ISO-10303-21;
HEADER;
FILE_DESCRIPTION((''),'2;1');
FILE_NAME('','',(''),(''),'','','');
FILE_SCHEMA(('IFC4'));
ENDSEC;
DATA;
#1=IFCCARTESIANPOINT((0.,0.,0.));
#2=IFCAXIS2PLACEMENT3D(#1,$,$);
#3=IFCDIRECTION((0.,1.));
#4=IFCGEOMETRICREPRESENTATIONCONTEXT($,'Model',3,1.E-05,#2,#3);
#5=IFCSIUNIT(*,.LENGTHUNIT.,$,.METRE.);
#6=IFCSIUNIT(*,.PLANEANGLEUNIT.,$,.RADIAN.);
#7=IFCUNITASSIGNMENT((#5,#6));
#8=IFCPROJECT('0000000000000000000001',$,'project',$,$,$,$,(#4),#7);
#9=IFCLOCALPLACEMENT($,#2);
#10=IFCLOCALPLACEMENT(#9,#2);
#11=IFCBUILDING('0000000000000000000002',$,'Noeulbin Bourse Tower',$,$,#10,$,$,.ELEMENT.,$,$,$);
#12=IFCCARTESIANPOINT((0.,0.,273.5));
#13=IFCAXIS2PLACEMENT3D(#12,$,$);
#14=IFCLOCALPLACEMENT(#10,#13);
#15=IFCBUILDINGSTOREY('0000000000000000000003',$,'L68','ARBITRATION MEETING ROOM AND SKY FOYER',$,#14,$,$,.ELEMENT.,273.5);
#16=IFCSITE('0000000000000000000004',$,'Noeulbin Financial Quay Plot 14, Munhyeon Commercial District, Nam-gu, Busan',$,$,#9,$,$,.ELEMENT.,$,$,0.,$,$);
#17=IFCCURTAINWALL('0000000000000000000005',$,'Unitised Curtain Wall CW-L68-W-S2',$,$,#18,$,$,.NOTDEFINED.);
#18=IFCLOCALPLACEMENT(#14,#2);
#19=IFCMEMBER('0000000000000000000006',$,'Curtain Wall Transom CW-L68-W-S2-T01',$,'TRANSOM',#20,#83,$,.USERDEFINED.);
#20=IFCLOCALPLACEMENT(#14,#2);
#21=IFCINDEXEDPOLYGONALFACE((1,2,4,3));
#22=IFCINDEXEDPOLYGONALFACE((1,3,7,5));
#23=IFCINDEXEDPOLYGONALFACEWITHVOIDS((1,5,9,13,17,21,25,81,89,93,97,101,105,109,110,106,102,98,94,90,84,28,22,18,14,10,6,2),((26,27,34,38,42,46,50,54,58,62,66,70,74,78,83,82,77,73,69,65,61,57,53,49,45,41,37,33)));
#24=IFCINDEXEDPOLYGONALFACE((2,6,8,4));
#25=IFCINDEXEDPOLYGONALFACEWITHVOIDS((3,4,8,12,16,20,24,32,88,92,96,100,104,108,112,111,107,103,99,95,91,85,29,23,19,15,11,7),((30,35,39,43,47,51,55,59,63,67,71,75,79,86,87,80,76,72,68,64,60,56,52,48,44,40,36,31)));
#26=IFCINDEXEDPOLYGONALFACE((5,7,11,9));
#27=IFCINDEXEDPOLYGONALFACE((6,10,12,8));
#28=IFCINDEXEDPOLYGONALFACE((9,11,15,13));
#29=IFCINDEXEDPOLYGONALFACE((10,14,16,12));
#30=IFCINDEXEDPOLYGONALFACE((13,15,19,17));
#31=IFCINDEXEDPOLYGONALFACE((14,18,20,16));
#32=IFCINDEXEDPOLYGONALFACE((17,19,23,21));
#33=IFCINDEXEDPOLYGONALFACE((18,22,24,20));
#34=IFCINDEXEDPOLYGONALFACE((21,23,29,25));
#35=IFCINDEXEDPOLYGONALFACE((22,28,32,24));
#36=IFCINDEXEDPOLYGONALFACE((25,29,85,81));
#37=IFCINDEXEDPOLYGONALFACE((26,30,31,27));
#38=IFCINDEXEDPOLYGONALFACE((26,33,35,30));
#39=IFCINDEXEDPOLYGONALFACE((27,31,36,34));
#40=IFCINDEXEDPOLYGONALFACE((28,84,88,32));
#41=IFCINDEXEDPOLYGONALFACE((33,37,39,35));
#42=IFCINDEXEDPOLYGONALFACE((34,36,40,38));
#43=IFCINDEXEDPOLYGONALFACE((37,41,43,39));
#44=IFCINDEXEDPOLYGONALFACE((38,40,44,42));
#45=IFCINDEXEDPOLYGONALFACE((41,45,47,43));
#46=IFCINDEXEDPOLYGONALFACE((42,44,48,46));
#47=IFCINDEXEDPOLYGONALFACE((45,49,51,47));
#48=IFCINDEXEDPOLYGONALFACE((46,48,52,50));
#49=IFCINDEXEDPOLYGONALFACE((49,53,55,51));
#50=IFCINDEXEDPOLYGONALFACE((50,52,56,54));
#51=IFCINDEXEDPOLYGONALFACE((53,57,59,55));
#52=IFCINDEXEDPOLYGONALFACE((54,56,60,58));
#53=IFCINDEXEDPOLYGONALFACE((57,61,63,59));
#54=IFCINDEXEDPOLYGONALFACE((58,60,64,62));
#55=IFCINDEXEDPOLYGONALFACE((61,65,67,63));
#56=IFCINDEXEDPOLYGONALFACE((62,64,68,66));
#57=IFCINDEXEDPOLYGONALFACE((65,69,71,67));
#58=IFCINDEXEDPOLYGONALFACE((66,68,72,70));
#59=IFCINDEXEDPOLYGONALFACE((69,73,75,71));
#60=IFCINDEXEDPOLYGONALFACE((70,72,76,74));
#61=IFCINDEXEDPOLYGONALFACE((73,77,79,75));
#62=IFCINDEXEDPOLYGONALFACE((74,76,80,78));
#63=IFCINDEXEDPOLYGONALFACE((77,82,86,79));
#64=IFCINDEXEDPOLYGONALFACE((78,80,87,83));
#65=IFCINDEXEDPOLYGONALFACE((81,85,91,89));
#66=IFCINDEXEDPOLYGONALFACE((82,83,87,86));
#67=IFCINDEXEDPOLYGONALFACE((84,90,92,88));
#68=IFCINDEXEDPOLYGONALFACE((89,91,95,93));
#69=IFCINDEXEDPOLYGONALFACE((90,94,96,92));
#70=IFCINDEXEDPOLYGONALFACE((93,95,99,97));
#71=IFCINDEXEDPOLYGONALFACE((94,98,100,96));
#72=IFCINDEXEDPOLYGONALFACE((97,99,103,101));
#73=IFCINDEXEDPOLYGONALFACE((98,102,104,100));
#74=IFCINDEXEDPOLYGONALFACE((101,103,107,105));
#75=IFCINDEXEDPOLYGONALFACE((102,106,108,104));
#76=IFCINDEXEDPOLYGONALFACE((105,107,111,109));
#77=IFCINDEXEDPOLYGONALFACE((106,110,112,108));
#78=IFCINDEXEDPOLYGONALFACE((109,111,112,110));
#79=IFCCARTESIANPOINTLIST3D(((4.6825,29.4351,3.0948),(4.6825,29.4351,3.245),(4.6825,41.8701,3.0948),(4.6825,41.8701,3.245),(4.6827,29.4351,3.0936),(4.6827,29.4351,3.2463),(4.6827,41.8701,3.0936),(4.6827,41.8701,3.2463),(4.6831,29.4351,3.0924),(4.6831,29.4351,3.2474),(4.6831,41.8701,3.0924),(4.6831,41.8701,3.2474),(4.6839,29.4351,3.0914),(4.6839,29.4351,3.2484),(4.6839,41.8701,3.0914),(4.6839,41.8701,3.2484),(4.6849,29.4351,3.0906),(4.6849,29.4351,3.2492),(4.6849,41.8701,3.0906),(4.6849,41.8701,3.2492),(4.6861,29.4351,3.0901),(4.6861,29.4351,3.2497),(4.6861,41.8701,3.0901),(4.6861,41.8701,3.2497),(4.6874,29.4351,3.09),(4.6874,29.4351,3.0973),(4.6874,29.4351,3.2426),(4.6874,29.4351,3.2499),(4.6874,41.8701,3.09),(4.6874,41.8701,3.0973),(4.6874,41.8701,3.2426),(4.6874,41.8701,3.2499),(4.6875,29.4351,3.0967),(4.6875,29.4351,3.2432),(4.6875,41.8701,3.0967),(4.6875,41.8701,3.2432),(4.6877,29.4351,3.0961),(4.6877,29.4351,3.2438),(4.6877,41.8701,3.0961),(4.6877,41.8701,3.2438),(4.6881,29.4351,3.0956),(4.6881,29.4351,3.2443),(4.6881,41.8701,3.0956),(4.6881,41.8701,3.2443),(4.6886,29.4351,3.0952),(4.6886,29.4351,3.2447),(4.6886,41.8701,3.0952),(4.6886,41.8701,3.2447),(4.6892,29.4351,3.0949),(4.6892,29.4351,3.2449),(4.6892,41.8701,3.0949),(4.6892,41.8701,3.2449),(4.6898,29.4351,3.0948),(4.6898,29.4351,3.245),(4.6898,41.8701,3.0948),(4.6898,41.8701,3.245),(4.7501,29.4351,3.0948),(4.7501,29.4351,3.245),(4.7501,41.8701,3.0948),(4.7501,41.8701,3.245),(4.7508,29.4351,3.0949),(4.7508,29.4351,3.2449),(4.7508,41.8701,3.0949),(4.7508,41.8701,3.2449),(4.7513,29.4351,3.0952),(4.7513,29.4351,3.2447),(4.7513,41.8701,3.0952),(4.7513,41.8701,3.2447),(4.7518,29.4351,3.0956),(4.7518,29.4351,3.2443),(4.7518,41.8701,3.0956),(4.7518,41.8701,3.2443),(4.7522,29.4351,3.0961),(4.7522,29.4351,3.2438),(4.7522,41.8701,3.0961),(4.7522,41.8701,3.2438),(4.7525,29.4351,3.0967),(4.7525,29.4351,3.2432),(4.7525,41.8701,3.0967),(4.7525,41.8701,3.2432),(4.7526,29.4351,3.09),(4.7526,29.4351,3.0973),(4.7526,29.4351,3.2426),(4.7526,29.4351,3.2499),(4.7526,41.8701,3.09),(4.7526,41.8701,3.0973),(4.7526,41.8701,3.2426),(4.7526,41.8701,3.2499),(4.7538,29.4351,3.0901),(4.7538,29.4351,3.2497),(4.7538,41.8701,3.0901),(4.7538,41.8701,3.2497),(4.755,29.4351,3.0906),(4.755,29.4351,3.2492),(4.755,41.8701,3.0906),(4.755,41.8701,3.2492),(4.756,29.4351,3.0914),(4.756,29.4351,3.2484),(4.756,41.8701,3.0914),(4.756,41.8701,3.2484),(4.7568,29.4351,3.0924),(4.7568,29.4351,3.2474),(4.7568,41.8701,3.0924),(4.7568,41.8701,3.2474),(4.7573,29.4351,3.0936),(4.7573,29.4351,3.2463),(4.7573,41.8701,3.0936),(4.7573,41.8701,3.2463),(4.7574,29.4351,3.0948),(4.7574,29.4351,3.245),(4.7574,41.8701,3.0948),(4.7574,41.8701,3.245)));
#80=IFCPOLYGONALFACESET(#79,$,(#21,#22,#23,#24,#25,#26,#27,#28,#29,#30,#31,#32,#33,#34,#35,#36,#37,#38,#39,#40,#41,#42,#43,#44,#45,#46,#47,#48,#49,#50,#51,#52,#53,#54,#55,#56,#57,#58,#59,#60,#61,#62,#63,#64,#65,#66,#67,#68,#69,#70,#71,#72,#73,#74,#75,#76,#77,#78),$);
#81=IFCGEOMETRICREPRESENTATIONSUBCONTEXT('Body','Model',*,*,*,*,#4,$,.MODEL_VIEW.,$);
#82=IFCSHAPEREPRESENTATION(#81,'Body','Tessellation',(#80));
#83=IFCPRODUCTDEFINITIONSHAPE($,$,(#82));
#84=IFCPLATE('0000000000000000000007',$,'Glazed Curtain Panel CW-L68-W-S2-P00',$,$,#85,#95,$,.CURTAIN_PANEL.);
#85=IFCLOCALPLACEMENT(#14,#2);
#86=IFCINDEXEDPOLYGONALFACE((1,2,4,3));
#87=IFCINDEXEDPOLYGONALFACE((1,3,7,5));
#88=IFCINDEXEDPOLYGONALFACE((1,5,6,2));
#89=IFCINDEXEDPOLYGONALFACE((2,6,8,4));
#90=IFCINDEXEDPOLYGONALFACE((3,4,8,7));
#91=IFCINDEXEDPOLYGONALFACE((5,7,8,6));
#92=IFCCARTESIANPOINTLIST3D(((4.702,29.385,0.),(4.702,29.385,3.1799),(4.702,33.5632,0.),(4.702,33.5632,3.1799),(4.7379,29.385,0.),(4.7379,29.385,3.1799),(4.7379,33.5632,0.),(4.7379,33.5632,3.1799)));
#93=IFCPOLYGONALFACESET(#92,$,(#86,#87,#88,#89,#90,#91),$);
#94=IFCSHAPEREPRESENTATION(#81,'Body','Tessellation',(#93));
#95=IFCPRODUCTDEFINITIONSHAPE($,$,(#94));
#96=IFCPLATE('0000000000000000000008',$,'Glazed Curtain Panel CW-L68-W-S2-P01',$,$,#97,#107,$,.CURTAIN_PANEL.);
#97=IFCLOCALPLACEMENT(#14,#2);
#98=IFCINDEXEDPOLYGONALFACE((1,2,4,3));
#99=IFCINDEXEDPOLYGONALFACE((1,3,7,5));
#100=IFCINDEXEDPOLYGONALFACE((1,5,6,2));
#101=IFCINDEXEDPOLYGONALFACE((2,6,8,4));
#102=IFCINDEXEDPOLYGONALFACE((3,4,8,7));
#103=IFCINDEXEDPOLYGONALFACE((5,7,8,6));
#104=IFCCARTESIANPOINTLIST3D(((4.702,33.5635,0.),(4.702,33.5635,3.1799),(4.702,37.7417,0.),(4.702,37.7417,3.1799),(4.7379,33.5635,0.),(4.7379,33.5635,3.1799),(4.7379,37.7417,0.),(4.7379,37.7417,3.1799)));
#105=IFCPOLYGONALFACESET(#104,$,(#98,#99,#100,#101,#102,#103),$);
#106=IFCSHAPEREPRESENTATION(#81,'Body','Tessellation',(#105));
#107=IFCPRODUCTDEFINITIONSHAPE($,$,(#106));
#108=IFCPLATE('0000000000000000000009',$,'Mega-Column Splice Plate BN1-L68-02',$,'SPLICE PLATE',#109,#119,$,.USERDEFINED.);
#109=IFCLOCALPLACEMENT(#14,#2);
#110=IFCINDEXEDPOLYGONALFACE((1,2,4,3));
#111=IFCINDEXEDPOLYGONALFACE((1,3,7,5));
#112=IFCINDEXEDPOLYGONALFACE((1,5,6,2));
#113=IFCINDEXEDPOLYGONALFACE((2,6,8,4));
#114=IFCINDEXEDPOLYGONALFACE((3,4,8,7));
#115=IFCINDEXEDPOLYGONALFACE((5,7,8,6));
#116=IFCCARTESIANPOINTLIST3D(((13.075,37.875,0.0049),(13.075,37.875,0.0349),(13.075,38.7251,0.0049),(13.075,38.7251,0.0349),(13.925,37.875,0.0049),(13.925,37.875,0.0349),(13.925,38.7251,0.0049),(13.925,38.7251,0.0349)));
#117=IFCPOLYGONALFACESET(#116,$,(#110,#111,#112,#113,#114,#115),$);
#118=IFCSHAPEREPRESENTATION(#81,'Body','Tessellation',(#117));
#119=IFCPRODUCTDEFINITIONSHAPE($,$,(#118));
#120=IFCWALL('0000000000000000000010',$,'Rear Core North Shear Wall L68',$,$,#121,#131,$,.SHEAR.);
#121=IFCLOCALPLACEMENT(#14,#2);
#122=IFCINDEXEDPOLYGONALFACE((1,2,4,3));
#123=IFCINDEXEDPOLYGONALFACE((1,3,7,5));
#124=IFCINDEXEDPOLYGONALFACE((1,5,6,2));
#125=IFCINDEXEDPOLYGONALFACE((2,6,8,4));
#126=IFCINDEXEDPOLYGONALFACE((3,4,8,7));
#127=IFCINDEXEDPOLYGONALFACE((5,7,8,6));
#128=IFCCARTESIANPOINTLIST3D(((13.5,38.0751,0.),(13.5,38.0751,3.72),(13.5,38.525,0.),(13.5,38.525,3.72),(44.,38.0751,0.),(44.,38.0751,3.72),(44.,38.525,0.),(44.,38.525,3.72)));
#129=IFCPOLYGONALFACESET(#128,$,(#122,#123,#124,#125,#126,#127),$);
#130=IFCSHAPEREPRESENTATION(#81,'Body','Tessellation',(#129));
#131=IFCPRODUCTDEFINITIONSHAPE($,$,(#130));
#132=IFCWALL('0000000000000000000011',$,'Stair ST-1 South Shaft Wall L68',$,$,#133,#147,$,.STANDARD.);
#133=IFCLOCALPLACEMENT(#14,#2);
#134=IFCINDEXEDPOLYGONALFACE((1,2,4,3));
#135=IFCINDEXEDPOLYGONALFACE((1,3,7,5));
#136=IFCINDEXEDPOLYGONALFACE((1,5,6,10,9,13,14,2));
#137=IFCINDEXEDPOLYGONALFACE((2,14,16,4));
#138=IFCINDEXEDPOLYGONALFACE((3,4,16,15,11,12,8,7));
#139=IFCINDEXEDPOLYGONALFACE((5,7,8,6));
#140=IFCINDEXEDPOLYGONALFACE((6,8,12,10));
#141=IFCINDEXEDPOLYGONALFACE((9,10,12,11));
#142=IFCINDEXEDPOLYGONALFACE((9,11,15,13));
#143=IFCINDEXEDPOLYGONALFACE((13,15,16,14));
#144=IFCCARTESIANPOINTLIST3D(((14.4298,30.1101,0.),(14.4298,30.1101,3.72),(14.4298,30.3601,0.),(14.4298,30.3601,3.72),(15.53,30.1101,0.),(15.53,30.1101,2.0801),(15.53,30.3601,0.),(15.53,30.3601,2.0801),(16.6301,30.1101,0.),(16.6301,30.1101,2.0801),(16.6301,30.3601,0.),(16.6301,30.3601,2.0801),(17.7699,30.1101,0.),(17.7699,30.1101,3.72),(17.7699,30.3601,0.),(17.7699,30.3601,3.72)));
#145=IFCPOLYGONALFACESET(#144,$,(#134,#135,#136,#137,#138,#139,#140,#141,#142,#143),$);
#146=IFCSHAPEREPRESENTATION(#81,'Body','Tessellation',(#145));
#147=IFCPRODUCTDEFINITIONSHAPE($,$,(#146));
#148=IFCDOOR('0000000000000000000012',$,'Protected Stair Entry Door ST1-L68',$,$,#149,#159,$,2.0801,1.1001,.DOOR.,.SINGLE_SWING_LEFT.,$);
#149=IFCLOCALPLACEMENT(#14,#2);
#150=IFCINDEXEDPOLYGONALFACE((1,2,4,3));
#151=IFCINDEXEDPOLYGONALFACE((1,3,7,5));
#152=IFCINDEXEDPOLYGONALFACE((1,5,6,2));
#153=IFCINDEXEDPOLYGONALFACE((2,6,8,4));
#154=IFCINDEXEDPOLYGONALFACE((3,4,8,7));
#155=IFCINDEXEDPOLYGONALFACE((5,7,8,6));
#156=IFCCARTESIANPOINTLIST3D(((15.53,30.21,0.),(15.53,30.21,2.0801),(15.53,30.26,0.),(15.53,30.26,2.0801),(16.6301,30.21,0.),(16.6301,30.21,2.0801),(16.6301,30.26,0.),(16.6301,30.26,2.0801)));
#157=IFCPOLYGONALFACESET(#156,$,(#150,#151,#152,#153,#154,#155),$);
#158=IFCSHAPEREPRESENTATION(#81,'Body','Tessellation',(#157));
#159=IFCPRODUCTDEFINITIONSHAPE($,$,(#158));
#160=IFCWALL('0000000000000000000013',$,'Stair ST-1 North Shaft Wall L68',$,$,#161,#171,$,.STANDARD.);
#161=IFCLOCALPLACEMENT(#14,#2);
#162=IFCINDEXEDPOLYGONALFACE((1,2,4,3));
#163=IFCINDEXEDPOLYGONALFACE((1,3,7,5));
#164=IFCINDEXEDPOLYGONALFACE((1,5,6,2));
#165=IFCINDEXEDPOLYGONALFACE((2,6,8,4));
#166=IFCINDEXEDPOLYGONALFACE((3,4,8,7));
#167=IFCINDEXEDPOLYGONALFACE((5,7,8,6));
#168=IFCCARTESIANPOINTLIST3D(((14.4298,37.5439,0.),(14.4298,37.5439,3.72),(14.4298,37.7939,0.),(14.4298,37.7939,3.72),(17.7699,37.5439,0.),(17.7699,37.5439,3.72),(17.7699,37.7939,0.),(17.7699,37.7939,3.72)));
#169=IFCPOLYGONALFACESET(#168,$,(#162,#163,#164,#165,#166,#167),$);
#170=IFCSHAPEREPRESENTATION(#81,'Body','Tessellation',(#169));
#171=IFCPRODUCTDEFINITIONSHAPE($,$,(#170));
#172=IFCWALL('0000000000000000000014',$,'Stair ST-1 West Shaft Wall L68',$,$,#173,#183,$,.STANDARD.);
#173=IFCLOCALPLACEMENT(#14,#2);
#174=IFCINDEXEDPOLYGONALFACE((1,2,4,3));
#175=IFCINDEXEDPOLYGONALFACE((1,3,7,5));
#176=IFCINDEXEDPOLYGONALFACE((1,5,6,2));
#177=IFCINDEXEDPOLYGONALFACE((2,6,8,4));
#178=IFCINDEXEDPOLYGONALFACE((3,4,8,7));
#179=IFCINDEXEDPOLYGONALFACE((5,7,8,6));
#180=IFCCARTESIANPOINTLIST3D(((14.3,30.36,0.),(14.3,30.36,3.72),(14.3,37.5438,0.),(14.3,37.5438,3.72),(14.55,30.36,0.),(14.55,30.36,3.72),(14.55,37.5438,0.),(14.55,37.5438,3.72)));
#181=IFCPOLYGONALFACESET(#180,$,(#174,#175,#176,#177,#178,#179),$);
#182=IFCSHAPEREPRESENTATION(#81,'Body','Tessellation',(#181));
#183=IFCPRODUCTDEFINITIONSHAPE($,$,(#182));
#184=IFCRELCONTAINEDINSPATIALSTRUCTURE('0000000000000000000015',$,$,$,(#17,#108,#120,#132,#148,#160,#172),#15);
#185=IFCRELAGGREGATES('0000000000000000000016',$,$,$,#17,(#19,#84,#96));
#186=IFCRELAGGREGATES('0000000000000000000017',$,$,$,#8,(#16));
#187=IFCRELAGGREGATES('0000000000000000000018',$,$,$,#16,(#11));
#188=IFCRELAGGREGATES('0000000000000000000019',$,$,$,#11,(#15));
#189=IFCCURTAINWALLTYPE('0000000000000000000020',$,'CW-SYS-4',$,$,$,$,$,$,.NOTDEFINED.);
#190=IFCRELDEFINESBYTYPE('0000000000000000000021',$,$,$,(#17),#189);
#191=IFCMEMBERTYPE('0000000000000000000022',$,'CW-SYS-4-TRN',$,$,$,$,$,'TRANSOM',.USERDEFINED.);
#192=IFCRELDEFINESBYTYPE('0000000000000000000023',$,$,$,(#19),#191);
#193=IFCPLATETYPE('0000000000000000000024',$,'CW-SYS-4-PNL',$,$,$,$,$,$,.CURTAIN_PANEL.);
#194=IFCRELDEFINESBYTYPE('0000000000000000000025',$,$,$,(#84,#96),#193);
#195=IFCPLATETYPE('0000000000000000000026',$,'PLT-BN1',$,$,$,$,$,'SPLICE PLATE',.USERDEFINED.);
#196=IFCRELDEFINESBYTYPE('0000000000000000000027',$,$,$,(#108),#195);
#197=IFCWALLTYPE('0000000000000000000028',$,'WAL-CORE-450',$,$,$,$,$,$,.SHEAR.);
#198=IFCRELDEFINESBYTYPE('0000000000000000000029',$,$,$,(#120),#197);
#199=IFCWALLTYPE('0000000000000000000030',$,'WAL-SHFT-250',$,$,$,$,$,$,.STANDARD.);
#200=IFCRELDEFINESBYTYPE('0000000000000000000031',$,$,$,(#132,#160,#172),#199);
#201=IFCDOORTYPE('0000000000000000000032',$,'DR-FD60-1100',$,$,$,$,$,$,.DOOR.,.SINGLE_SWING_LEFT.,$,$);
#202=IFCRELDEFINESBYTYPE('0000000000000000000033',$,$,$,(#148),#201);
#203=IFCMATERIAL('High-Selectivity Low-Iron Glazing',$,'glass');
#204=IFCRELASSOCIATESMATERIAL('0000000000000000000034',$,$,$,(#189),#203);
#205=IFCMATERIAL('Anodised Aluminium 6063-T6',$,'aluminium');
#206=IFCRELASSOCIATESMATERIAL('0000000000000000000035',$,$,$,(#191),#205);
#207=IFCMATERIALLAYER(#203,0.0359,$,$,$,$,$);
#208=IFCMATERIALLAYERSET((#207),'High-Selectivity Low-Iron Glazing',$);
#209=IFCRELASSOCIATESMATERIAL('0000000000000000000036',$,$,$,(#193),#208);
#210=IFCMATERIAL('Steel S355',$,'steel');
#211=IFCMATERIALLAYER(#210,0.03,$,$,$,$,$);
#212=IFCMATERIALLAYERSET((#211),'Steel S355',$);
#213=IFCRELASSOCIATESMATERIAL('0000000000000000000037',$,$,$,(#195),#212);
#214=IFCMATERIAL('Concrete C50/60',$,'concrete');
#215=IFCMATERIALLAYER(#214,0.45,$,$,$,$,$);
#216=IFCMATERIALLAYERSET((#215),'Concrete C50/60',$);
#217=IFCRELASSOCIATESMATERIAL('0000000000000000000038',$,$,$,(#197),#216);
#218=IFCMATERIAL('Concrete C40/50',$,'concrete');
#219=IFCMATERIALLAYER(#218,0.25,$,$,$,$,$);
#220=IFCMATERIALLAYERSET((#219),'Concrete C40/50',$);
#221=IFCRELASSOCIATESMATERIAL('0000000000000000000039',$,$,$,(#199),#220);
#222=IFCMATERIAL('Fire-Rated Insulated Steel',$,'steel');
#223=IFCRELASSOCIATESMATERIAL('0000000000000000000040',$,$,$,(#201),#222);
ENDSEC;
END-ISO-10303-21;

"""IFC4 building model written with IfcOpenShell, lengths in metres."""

from ifc_helpers import new_model, si_unit, direction, frame, frame_2d, origin, origin_2d, place, context, subcontext, project, spatial, rectangle, hollow_rectangle, extrude, material, layer, layer_set, material_profile, profile_set, type_object, element, fill, aggregate, save


model = new_model("IFC4")

# Units and contexts
model_context = context("Model", 3, precision=1e-05, world=origin(), true_north=direction((0.0, 1.0)))
body_context = subcontext(model_context, "Body", "Model", "MODEL_VIEW")
ifc_project = project(units=[si_unit("LENGTHUNIT", "METRE"), si_unit("PLANEANGLEUNIT", "RADIAN")], contexts=[model_context])

# Site, building, storey
site_placement = place(None, origin())
site = spatial("IfcSite", under=ifc_project, at=site_placement, Name="Noeulbin Financial Quay Plot 14, Munhyeon Commercial District, Nam-gu, Busan", CompositionType="ELEMENT", RefElevation=0.0)
building_placement = place(site_placement, origin())
building = spatial("IfcBuilding", under=site, at=building_placement, Name="Noeulbin Bourse Tower", CompositionType="ELEMENT")
storey_placement = place(building_placement, frame((0.0, 0.0, 273.5)))
storey = spatial("IfcBuildingStorey", under=building, at=storey_placement, Name="L68", Description="ARBITRATION MEETING ROOM AND SKY FOYER", CompositionType="ELEMENT", Elevation=273.5)

# Shared definitions
ifc_material_1 = material(Name="Steel S355", Category="steel")

# Curtain wall, member, plates
ifc_material_2 = material(Name="High-Selectivity Low-Iron Glazing", Category="glass")
curtain_wall_type = type_object("IfcCurtainWallType", Name="CW-SYS-4", PredefinedType="NOTDEFINED", material=ifc_material_2)
curtain_wall_placement = place(storey_placement, origin())
curtain_wall = element("IfcCurtainWall", 1, at=curtain_wall_placement, inside=storey, type_object=curtain_wall_type, Name="Unitised Curtain Wall CW-L68-W-S2", PredefinedType="NOTDEFINED")
ifc_material_3 = material(Name="Anodised Aluminium 6063-T6", Category="aluminium")
ifc_material_profile_1 = material_profile(ifc_material_3, hollow_rectangle(XDim=0.075, YDim=0.1599, WallThickness=0.0049, InnerFilletRadius=0.0024, OuterFilletRadius=0.0049, at=origin_2d()), Name="ALU-TRAN-75x160x5", Category="LoadBearing")
ifc_profile_set_1 = profile_set([ifc_material_profile_1], Name="Anodised Aluminium 6063-T6")
member_type_1 = type_object("IfcMemberType", Name="CW-SYS-4-TRN", ElementType="TRANSOM", PredefinedType="USERDEFINED", material=ifc_profile_set_1)
member_1_placement = place(storey_placement, frame((4.72, 29.4351, 3.1699), z_axis=(0.0, 1.0, 0.0), x_axis=(-1.0, 0.0, 0.0)))
member_1 = element("IfcMember", 2, at=member_1_placement, type_object=member_type_1, Name="Curtain Wall Transom CW-L68-W-S2-T01", ObjectType="TRANSOM", PredefinedType="USERDEFINED", context=body_context, shape_type="SweptSolid", body=[
    extrude(hollow_rectangle(XDim=0.075, YDim=0.1599, WallThickness=0.0049, InnerFilletRadius=0.0024, OuterFilletRadius=0.0049, at=origin_2d()), origin(), (0.0, 0.0, 1.0), 12.4351),
])
ifc_layer_1 = layer(ifc_material_2, 0.0359)
ifc_layer_set_1 = layer_set([ifc_layer_1], Name="High-Selectivity Low-Iron Glazing")
plate_type_1 = type_object("IfcPlateType", Name="CW-SYS-4-PNL", PredefinedType="CURTAIN_PANEL", material=ifc_layer_set_1)
plate_1_placement = place(storey_placement, frame((4.72, 31.4741, 0.0), z_axis=(0.0, 0.0, 1.0), x_axis=(0.0, 1.0, 0.0)))
plate_1 = element("IfcPlate", 3, at=plate_1_placement, type_object=plate_type_1, Name="Glazed Curtain Panel CW-L68-W-S2-P00", PredefinedType="CURTAIN_PANEL", context=body_context, shape_type="SweptSolid", body=[
    extrude(rectangle(XDim=4.1782, YDim=0.0359, at=origin_2d()), origin(), (0.0, 0.0, 1.0), 3.1799),
])
plate_2_placement = place(storey_placement, frame((4.72, 35.6526, 0.0), z_axis=(0.0, 0.0, 1.0), x_axis=(0.0, 1.0, 0.0)))
plate_2 = element("IfcPlate", 4, at=plate_2_placement, type_object=plate_type_1, Name="Glazed Curtain Panel CW-L68-W-S2-P01", PredefinedType="CURTAIN_PANEL", context=body_context, shape_type="SweptSolid", body=[
    extrude(rectangle(XDim=4.1782, YDim=0.0359, at=origin_2d()), origin(), (0.0, 0.0, 1.0), 3.1799),
])
aggregate(curtain_wall, [member_1, plate_1, plate_2])

# Plate
ifc_layer_2 = layer(ifc_material_1, 0.03)
ifc_layer_set_2 = layer_set([ifc_layer_2], Name="Steel S355")
plate_type_2 = type_object("IfcPlateType", Name="PLT-BN1", ElementType="SPLICE PLATE", PredefinedType="USERDEFINED", material=ifc_layer_set_2)
plate_3_placement = place(storey_placement, frame((13.5, 38.3, 0.0049), z_axis=(0.0, 0.0, 1.0), x_axis=(1.0, 0.0, 0.0)))
element("IfcPlate", 5, at=plate_3_placement, inside=storey, type_object=plate_type_2, Name="Mega-Column Splice Plate BN1-L68-02", ObjectType="SPLICE PLATE", PredefinedType="USERDEFINED", context=body_context, shape_type="SweptSolid", body=[
    extrude(rectangle(XDim=0.8501, YDim=0.8501, at=origin_2d()), origin(), (0.0, 0.0, 1.0), 0.03),
])

# Wall
ifc_material_4 = material(Name="Concrete C50/60", Category="concrete")
ifc_layer_3 = layer(ifc_material_4, 0.45)
ifc_layer_set_3 = layer_set([ifc_layer_3], Name="Concrete C50/60")
wall_type_1 = type_object("IfcWallType", Name="WAL-CORE-450", PredefinedType="SHEAR", material=ifc_layer_set_3)
wall_1_placement = place(storey_placement, frame((13.5, 38.3, 0.0), z_axis=(0.0, 0.0, 1.0), x_axis=(1.0, 0.0, 0.0)))
element("IfcWall", 6, at=wall_1_placement, inside=storey, type_object=wall_type_1, Name="Rear Core North Shear Wall L68", PredefinedType="SHEAR", context=body_context, shape_type="SweptSolid", body=[
    extrude(rectangle(XDim=30.5, YDim=0.45, at=frame_2d((15.25, 0.0))), origin(), (0.0, 0.0, 1.0), 3.72),
])

# Wall, opening, door
ifc_material_5 = material(Name="Concrete C40/50", Category="concrete")
ifc_layer_4 = layer(ifc_material_5, 0.25)
ifc_layer_set_4 = layer_set([ifc_layer_4], Name="Concrete C40/50")
wall_type_2 = type_object("IfcWallType", Name="WAL-SHFT-250", PredefinedType="STANDARD", material=ifc_layer_set_4)
wall_2_placement = place(storey_placement, frame((14.4299, 30.2351, 0.0), z_axis=(0.0, 0.0, 1.0), x_axis=(1.0, 0.0, 0.0)))
wall_2 = element("IfcWall", 7, at=wall_2_placement, inside=storey, type_object=wall_type_2, Name="Stair ST-1 South Shaft Wall L68", PredefinedType="STANDARD", context=body_context, shape_type="SweptSolid", body=[
    extrude(rectangle(XDim=3.3401, YDim=0.25, at=frame_2d((1.6699, 0.0))), origin(), (0.0, 0.0, 1.0), 3.72),
])
opening_placement = place(wall_2_placement, frame((1.1001, 0.0, 0.0)))
opening = element("IfcOpeningElement", 8, at=opening_placement, cuts=wall_2, PredefinedType="OPENING", context=body_context, shape_type="SweptSolid", body=[
    extrude(rectangle(XDim=1.1001, YDim=2.0801, at=frame_2d((0.55, 1.04))), frame((0.0, 0.135, 0.0), z_axis=(0.0, -1.0, 0.0), x_axis=(1.0, 0.0, 0.0)), (0.0, 0.0, 1.0), 0.27),
])
ifc_material_6 = material(Name="Fire-Rated Insulated Steel", Category="steel")
door_type = type_object("IfcDoorType", Name="DR-FD60-1100", OperationType="SINGLE_SWING_LEFT", PredefinedType="DOOR", material=ifc_material_6)
door_placement = place(opening_placement, origin())
door = element("IfcDoor", 9, at=door_placement, inside=storey, type_object=door_type, Name="Protected Stair Entry Door ST1-L68", OperationType="SINGLE_SWING_LEFT", OverallHeight=2.0801, OverallWidth=1.1001, PredefinedType="DOOR", context=body_context, shape_type="SweptSolid", body=[
    extrude(rectangle(XDim=1.1001, YDim=2.0801, at=frame_2d((0.55, 1.04))), frame((0.0, 0.0249, 0.0), z_axis=(0.0, -1.0, 0.0), x_axis=(1.0, 0.0, 0.0)), (0.0, 0.0, 1.0), 0.05),
])
fill(opening, door)

# Walls
wall_3_placement = place(storey_placement, frame((14.4299, 37.6689, 0.0), z_axis=(0.0, 0.0, 1.0), x_axis=(1.0, 0.0, 0.0)))
element("IfcWall", 10, at=wall_3_placement, inside=storey, type_object=wall_type_2, Name="Stair ST-1 North Shaft Wall L68", PredefinedType="STANDARD", context=body_context, shape_type="SweptSolid", body=[
    extrude(rectangle(XDim=3.3401, YDim=0.25, at=frame_2d((1.6699, 0.0))), origin(), (0.0, 0.0, 1.0), 3.72),
])
wall_4_placement = place(storey_placement, frame((14.425, 30.3601, 0.0), z_axis=(0.0, 0.0, 1.0), x_axis=(0.0, 1.0, 0.0)))
element("IfcWall", 11, at=wall_4_placement, inside=storey, type_object=wall_type_2, Name="Stair ST-1 West Shaft Wall L68", PredefinedType="STANDARD", context=body_context, shape_type="SweptSolid", body=[
    extrude(rectangle(XDim=7.1838, YDim=0.25, at=frame_2d((3.5918, 0.0))), origin(), (0.0, 0.0, 1.0), 3.72),
])

save(model, "model.ifc")
